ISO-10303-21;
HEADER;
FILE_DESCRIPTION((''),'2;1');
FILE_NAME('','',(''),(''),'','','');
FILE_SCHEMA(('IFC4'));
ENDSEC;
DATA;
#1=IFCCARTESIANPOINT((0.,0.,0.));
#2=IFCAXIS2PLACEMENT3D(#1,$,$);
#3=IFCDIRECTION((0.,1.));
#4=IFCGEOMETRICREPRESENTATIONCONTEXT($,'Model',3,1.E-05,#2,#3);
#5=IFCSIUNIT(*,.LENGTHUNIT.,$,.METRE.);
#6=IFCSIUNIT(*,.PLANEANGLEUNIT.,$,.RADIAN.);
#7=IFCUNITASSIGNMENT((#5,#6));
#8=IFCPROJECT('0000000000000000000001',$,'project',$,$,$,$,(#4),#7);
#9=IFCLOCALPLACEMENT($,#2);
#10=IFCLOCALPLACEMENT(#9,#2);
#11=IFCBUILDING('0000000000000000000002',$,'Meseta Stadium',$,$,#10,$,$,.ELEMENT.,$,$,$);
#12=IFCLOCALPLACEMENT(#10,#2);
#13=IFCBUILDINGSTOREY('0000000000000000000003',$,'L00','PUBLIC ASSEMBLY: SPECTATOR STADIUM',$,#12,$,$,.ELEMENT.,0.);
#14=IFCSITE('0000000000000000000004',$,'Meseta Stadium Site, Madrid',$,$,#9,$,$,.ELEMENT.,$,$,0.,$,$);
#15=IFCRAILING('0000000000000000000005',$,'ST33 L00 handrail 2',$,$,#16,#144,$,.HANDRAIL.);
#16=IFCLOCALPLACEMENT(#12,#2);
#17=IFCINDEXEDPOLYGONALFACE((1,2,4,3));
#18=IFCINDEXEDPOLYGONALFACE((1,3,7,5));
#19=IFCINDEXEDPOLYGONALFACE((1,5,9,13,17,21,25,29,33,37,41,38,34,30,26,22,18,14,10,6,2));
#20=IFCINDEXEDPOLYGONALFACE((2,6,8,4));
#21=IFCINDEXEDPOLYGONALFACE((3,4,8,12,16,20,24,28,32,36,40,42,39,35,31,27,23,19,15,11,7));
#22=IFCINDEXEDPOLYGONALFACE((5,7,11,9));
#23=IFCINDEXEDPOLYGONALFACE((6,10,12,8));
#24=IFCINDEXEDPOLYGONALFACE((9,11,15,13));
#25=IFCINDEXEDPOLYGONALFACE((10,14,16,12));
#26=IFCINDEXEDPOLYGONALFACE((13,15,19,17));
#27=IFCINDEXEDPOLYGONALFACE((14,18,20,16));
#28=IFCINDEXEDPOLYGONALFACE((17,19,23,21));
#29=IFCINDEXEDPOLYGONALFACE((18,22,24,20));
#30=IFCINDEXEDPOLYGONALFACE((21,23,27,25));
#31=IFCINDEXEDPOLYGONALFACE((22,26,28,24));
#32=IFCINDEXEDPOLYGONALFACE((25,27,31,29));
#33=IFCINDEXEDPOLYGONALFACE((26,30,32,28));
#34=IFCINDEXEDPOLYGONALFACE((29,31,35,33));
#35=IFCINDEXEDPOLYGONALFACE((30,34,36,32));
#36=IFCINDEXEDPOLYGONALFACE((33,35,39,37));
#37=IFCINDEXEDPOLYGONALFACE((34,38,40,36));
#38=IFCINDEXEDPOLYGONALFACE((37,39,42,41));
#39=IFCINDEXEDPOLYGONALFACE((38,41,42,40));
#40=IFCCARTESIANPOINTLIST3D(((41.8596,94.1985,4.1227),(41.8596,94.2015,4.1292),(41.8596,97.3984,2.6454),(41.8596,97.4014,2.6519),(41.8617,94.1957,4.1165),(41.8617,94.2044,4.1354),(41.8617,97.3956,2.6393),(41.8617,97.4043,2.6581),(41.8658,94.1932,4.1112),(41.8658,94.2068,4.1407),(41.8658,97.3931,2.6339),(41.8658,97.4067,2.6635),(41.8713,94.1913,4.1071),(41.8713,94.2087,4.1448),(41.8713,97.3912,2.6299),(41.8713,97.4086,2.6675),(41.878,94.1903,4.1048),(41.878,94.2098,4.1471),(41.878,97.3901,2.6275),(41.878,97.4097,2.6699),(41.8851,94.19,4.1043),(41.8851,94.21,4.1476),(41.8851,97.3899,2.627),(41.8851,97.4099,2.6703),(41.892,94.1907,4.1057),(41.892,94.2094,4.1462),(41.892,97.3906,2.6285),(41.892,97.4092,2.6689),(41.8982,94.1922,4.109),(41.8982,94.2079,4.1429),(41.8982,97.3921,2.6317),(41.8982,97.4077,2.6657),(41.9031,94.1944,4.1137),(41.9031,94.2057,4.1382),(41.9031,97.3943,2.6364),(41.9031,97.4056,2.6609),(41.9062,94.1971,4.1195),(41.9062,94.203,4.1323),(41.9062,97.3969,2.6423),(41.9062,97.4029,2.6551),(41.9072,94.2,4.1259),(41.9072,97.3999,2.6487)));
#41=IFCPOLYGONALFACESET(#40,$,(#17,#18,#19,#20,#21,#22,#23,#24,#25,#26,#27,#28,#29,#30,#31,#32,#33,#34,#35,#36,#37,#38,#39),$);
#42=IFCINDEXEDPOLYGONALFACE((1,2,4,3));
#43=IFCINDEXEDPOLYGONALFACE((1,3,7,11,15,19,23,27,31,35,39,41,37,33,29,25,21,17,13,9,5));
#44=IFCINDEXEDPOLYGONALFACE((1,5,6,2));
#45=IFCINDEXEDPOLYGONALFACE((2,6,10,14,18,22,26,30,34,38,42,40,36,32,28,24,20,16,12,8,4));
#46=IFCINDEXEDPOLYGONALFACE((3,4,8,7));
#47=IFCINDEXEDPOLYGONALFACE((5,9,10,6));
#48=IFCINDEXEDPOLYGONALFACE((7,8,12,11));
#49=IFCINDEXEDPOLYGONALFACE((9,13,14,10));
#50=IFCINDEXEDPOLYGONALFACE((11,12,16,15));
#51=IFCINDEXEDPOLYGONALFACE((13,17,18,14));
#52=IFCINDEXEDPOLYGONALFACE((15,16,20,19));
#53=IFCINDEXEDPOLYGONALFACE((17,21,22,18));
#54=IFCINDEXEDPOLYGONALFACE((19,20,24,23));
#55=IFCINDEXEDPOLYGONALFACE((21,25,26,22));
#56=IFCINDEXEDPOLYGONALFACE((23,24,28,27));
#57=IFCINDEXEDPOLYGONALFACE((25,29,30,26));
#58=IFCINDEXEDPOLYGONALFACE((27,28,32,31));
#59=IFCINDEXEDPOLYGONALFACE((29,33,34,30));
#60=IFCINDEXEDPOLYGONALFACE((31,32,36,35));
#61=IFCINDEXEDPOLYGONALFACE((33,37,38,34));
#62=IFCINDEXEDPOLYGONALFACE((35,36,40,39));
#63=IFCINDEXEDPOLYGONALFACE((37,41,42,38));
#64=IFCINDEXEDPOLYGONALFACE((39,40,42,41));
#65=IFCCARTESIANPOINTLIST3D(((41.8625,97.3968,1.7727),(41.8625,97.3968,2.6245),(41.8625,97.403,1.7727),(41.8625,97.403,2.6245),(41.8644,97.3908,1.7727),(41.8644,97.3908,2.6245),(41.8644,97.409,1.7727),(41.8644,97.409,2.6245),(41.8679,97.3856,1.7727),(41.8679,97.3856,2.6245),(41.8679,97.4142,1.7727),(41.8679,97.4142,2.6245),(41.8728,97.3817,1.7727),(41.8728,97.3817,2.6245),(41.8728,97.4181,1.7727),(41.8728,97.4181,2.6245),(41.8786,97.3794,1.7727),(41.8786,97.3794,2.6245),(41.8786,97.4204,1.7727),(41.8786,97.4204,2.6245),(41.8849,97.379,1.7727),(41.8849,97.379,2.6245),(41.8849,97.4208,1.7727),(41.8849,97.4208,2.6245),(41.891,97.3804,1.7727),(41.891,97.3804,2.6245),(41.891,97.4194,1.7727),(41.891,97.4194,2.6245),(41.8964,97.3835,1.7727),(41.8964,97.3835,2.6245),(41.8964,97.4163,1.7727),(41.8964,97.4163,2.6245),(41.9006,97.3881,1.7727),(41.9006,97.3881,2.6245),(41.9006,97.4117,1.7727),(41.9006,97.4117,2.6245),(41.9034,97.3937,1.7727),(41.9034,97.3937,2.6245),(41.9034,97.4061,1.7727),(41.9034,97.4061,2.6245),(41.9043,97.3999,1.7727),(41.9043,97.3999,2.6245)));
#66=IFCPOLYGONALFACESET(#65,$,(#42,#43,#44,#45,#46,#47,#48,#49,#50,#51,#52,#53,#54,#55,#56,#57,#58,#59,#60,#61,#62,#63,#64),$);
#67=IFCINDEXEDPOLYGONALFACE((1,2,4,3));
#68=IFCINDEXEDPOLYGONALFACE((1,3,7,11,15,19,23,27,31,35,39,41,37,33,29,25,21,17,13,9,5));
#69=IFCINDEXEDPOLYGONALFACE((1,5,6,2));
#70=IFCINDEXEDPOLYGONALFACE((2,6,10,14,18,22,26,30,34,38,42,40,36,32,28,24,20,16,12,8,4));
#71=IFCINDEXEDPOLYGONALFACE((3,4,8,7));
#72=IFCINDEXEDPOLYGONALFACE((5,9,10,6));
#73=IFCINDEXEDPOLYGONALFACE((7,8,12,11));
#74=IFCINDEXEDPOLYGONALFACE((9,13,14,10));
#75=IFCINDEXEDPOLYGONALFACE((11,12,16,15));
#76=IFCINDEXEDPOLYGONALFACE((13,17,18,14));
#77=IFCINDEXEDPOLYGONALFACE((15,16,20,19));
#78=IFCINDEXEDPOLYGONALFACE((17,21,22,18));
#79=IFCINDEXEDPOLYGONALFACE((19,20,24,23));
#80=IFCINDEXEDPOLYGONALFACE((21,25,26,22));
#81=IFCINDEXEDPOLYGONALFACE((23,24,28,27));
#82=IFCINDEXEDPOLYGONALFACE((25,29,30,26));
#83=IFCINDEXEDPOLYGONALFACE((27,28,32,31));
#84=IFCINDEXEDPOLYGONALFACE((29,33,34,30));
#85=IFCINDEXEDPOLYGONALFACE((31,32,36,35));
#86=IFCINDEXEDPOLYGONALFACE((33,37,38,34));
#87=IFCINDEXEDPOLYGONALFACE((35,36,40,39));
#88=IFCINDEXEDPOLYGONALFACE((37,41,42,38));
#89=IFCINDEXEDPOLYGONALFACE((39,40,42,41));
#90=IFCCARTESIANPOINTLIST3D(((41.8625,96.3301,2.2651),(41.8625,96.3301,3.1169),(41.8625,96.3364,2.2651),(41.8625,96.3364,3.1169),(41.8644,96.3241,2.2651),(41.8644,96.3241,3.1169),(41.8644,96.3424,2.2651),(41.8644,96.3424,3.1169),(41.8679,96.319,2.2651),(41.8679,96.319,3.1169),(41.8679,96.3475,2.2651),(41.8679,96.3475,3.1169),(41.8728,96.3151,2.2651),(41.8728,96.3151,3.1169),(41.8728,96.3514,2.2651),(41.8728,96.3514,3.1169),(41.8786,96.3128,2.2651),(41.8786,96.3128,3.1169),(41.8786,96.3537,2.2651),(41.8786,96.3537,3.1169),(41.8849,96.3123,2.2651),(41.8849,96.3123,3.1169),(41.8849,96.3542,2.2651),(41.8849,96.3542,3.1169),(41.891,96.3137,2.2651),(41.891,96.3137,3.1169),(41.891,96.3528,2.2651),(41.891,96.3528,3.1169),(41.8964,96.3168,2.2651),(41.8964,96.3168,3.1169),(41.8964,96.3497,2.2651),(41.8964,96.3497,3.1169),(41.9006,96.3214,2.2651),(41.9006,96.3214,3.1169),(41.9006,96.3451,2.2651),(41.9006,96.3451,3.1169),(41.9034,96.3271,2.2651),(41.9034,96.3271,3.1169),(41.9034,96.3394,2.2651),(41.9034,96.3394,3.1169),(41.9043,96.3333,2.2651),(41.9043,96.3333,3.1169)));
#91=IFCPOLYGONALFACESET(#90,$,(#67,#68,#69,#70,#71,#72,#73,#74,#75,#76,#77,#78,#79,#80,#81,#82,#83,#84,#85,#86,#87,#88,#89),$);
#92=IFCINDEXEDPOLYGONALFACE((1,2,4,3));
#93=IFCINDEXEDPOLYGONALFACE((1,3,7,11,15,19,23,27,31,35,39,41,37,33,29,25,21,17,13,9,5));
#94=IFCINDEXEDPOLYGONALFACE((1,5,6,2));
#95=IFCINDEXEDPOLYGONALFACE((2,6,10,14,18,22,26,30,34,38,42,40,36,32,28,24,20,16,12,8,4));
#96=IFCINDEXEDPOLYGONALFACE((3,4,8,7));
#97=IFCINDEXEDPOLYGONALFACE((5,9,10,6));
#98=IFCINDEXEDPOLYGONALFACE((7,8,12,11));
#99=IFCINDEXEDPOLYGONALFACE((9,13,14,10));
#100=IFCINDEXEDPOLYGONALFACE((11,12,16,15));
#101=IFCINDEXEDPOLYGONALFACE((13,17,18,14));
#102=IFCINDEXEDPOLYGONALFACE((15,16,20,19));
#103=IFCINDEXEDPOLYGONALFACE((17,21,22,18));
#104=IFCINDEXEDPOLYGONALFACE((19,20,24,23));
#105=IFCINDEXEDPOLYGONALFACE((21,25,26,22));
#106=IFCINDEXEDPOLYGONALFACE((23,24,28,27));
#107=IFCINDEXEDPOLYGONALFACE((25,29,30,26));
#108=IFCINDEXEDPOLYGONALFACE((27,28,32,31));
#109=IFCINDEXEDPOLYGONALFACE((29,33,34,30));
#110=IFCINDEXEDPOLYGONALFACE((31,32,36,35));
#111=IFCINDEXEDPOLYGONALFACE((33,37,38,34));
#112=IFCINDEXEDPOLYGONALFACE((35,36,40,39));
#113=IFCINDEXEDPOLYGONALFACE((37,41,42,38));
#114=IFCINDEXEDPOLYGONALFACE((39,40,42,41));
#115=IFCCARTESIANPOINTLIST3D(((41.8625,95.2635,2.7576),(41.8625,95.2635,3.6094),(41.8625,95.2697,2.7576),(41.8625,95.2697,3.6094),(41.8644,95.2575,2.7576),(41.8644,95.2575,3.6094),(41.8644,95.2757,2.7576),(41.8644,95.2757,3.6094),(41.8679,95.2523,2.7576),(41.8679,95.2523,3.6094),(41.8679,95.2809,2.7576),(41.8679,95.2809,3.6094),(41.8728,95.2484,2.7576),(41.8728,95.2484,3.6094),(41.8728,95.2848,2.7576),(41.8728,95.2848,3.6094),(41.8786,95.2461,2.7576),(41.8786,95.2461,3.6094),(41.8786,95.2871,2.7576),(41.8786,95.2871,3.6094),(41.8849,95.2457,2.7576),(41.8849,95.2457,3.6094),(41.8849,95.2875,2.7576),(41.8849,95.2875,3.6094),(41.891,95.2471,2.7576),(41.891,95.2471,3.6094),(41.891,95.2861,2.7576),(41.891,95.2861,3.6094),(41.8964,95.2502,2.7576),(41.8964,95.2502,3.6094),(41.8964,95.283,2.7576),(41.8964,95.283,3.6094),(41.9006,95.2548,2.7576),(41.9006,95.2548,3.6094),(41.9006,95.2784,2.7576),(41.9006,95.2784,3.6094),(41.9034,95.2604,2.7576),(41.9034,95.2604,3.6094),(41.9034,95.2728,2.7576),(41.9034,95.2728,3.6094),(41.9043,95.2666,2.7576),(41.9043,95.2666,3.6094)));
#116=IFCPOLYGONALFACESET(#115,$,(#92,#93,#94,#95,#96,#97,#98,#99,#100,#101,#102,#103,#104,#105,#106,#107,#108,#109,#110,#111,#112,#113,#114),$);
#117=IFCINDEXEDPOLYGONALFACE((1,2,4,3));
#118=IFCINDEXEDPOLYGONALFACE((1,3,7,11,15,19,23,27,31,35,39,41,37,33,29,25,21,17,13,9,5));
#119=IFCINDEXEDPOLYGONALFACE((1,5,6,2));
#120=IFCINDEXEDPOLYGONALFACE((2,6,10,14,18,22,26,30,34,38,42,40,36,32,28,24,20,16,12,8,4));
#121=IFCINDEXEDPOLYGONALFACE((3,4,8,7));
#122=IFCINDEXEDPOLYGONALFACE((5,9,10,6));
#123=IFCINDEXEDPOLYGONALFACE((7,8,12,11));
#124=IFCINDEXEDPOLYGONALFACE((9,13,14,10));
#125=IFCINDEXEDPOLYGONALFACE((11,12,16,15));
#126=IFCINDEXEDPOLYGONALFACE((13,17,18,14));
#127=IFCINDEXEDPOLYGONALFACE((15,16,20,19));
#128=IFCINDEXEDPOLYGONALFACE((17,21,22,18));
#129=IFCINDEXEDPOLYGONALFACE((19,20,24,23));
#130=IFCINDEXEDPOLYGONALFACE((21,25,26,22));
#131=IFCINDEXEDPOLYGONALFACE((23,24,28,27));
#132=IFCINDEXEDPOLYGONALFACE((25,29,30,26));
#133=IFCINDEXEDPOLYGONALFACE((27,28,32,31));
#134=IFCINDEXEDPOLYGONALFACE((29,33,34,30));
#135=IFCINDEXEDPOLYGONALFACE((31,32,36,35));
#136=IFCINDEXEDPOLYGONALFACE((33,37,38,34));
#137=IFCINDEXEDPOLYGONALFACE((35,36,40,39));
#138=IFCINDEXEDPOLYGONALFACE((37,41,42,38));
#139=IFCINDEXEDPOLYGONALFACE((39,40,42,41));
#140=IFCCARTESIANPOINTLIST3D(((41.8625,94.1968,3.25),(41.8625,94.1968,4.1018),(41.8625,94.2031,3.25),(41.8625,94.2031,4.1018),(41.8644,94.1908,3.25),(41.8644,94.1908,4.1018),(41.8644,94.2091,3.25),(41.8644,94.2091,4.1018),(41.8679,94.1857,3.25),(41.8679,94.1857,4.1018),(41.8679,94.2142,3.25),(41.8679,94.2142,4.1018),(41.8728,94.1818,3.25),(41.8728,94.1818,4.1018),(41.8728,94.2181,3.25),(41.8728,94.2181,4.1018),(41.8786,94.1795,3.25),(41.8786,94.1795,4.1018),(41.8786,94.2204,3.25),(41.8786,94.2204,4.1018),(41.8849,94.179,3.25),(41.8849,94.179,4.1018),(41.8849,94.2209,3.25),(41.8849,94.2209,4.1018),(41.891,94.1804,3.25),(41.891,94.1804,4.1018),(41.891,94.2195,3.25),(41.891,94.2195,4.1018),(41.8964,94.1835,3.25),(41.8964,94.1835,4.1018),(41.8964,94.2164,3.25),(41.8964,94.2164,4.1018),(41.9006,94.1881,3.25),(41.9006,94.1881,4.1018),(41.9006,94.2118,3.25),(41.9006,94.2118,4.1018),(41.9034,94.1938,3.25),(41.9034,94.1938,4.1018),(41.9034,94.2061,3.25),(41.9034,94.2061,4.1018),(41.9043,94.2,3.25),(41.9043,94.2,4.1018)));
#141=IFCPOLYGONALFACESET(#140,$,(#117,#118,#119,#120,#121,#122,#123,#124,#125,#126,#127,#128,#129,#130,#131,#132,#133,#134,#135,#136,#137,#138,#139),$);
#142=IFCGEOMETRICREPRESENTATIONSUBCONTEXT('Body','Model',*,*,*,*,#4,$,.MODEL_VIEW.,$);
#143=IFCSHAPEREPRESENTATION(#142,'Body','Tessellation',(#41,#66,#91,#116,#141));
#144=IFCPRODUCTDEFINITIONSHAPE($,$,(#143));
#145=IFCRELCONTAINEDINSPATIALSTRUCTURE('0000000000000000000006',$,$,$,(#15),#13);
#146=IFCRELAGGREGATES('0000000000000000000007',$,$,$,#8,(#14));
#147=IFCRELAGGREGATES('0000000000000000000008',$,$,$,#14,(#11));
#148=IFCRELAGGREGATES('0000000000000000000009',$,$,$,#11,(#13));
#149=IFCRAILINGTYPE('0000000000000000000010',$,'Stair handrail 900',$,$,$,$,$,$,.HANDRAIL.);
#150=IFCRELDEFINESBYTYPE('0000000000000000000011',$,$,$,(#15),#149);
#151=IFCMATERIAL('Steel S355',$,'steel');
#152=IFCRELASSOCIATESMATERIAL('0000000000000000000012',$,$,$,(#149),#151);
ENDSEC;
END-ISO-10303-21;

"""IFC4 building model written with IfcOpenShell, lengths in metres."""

from ifc_helpers import new_model, si_unit, direction, frame, origin, origin_2d, place, context, subcontext, project, spatial, circle, extrude, material, type_object, element, save


model = new_model("IFC4")

# Units and contexts
model_context = context("Model", 3, precision=1e-05, world=origin(), true_north=direction((0.0, 1.0)))
body_context = subcontext(model_context, "Body", "Model", "MODEL_VIEW")
ifc_project = project(units=[si_unit("LENGTHUNIT", "METRE"), si_unit("PLANEANGLEUNIT", "RADIAN")], contexts=[model_context])

# Site, building, storey
site_placement = place(None, origin())
site = spatial("IfcSite", under=ifc_project, at=site_placement, Name="Meseta Stadium Site, Madrid", CompositionType="ELEMENT", RefElevation=0.0)
building_placement = place(site_placement, origin())
building = spatial("IfcBuilding", under=site, at=building_placement, Name="Meseta Stadium", CompositionType="ELEMENT")
storey_placement = place(building_placement, origin())
storey = spatial("IfcBuildingStorey", under=building, at=storey_placement, Name="L00", Description="PUBLIC ASSEMBLY: SPECTATOR STADIUM", CompositionType="ELEMENT", Elevation=0.0)

# Railing
ifc_material_1 = material(Name="Steel S355", Category="steel")
railing_type_1 = type_object("IfcRailingType", Name="Stair handrail 900", PredefinedType="HANDRAIL", material=ifc_material_1)
railing_1_placement = place(storey_placement, frame((41.8833, 97.3999, 1.7727)))
element("IfcRailing", 1, at=railing_1_placement, inside=storey, type_object=railing_type_1, Name="ST33 L00 handrail 2", PredefinedType="HANDRAIL", context=body_context, shape_type="SweptSolid", body=[
    extrude(circle(Radius=0.0239, at=origin_2d()), frame((0.0, 0.0, 0.876), z_axis=(0.0, -0.907917, 0.41915), x_axis=(1.0, 0.0, 0.0)), (0.0, 0.0, 1.0), 3.5244),
    extrude(circle(Radius=0.021, at=origin_2d()), origin(), (0.0, 0.0, 1.0), 0.8518),
    extrude(circle(Radius=0.021, at=origin_2d()), frame((0.0, -1.0667, 0.4924)), (0.0, 0.0, 1.0), 0.8518),
    extrude(circle(Radius=0.021, at=origin_2d()), frame((0.0, -2.1333, 0.9849)), (0.0, 0.0, 1.0), 0.8518),
    extrude(circle(Radius=0.021, at=origin_2d()), frame((0.0, -3.2, 1.4773)), (0.0, 0.0, 1.0), 0.8518),
])

save(model, "model.ifc")
